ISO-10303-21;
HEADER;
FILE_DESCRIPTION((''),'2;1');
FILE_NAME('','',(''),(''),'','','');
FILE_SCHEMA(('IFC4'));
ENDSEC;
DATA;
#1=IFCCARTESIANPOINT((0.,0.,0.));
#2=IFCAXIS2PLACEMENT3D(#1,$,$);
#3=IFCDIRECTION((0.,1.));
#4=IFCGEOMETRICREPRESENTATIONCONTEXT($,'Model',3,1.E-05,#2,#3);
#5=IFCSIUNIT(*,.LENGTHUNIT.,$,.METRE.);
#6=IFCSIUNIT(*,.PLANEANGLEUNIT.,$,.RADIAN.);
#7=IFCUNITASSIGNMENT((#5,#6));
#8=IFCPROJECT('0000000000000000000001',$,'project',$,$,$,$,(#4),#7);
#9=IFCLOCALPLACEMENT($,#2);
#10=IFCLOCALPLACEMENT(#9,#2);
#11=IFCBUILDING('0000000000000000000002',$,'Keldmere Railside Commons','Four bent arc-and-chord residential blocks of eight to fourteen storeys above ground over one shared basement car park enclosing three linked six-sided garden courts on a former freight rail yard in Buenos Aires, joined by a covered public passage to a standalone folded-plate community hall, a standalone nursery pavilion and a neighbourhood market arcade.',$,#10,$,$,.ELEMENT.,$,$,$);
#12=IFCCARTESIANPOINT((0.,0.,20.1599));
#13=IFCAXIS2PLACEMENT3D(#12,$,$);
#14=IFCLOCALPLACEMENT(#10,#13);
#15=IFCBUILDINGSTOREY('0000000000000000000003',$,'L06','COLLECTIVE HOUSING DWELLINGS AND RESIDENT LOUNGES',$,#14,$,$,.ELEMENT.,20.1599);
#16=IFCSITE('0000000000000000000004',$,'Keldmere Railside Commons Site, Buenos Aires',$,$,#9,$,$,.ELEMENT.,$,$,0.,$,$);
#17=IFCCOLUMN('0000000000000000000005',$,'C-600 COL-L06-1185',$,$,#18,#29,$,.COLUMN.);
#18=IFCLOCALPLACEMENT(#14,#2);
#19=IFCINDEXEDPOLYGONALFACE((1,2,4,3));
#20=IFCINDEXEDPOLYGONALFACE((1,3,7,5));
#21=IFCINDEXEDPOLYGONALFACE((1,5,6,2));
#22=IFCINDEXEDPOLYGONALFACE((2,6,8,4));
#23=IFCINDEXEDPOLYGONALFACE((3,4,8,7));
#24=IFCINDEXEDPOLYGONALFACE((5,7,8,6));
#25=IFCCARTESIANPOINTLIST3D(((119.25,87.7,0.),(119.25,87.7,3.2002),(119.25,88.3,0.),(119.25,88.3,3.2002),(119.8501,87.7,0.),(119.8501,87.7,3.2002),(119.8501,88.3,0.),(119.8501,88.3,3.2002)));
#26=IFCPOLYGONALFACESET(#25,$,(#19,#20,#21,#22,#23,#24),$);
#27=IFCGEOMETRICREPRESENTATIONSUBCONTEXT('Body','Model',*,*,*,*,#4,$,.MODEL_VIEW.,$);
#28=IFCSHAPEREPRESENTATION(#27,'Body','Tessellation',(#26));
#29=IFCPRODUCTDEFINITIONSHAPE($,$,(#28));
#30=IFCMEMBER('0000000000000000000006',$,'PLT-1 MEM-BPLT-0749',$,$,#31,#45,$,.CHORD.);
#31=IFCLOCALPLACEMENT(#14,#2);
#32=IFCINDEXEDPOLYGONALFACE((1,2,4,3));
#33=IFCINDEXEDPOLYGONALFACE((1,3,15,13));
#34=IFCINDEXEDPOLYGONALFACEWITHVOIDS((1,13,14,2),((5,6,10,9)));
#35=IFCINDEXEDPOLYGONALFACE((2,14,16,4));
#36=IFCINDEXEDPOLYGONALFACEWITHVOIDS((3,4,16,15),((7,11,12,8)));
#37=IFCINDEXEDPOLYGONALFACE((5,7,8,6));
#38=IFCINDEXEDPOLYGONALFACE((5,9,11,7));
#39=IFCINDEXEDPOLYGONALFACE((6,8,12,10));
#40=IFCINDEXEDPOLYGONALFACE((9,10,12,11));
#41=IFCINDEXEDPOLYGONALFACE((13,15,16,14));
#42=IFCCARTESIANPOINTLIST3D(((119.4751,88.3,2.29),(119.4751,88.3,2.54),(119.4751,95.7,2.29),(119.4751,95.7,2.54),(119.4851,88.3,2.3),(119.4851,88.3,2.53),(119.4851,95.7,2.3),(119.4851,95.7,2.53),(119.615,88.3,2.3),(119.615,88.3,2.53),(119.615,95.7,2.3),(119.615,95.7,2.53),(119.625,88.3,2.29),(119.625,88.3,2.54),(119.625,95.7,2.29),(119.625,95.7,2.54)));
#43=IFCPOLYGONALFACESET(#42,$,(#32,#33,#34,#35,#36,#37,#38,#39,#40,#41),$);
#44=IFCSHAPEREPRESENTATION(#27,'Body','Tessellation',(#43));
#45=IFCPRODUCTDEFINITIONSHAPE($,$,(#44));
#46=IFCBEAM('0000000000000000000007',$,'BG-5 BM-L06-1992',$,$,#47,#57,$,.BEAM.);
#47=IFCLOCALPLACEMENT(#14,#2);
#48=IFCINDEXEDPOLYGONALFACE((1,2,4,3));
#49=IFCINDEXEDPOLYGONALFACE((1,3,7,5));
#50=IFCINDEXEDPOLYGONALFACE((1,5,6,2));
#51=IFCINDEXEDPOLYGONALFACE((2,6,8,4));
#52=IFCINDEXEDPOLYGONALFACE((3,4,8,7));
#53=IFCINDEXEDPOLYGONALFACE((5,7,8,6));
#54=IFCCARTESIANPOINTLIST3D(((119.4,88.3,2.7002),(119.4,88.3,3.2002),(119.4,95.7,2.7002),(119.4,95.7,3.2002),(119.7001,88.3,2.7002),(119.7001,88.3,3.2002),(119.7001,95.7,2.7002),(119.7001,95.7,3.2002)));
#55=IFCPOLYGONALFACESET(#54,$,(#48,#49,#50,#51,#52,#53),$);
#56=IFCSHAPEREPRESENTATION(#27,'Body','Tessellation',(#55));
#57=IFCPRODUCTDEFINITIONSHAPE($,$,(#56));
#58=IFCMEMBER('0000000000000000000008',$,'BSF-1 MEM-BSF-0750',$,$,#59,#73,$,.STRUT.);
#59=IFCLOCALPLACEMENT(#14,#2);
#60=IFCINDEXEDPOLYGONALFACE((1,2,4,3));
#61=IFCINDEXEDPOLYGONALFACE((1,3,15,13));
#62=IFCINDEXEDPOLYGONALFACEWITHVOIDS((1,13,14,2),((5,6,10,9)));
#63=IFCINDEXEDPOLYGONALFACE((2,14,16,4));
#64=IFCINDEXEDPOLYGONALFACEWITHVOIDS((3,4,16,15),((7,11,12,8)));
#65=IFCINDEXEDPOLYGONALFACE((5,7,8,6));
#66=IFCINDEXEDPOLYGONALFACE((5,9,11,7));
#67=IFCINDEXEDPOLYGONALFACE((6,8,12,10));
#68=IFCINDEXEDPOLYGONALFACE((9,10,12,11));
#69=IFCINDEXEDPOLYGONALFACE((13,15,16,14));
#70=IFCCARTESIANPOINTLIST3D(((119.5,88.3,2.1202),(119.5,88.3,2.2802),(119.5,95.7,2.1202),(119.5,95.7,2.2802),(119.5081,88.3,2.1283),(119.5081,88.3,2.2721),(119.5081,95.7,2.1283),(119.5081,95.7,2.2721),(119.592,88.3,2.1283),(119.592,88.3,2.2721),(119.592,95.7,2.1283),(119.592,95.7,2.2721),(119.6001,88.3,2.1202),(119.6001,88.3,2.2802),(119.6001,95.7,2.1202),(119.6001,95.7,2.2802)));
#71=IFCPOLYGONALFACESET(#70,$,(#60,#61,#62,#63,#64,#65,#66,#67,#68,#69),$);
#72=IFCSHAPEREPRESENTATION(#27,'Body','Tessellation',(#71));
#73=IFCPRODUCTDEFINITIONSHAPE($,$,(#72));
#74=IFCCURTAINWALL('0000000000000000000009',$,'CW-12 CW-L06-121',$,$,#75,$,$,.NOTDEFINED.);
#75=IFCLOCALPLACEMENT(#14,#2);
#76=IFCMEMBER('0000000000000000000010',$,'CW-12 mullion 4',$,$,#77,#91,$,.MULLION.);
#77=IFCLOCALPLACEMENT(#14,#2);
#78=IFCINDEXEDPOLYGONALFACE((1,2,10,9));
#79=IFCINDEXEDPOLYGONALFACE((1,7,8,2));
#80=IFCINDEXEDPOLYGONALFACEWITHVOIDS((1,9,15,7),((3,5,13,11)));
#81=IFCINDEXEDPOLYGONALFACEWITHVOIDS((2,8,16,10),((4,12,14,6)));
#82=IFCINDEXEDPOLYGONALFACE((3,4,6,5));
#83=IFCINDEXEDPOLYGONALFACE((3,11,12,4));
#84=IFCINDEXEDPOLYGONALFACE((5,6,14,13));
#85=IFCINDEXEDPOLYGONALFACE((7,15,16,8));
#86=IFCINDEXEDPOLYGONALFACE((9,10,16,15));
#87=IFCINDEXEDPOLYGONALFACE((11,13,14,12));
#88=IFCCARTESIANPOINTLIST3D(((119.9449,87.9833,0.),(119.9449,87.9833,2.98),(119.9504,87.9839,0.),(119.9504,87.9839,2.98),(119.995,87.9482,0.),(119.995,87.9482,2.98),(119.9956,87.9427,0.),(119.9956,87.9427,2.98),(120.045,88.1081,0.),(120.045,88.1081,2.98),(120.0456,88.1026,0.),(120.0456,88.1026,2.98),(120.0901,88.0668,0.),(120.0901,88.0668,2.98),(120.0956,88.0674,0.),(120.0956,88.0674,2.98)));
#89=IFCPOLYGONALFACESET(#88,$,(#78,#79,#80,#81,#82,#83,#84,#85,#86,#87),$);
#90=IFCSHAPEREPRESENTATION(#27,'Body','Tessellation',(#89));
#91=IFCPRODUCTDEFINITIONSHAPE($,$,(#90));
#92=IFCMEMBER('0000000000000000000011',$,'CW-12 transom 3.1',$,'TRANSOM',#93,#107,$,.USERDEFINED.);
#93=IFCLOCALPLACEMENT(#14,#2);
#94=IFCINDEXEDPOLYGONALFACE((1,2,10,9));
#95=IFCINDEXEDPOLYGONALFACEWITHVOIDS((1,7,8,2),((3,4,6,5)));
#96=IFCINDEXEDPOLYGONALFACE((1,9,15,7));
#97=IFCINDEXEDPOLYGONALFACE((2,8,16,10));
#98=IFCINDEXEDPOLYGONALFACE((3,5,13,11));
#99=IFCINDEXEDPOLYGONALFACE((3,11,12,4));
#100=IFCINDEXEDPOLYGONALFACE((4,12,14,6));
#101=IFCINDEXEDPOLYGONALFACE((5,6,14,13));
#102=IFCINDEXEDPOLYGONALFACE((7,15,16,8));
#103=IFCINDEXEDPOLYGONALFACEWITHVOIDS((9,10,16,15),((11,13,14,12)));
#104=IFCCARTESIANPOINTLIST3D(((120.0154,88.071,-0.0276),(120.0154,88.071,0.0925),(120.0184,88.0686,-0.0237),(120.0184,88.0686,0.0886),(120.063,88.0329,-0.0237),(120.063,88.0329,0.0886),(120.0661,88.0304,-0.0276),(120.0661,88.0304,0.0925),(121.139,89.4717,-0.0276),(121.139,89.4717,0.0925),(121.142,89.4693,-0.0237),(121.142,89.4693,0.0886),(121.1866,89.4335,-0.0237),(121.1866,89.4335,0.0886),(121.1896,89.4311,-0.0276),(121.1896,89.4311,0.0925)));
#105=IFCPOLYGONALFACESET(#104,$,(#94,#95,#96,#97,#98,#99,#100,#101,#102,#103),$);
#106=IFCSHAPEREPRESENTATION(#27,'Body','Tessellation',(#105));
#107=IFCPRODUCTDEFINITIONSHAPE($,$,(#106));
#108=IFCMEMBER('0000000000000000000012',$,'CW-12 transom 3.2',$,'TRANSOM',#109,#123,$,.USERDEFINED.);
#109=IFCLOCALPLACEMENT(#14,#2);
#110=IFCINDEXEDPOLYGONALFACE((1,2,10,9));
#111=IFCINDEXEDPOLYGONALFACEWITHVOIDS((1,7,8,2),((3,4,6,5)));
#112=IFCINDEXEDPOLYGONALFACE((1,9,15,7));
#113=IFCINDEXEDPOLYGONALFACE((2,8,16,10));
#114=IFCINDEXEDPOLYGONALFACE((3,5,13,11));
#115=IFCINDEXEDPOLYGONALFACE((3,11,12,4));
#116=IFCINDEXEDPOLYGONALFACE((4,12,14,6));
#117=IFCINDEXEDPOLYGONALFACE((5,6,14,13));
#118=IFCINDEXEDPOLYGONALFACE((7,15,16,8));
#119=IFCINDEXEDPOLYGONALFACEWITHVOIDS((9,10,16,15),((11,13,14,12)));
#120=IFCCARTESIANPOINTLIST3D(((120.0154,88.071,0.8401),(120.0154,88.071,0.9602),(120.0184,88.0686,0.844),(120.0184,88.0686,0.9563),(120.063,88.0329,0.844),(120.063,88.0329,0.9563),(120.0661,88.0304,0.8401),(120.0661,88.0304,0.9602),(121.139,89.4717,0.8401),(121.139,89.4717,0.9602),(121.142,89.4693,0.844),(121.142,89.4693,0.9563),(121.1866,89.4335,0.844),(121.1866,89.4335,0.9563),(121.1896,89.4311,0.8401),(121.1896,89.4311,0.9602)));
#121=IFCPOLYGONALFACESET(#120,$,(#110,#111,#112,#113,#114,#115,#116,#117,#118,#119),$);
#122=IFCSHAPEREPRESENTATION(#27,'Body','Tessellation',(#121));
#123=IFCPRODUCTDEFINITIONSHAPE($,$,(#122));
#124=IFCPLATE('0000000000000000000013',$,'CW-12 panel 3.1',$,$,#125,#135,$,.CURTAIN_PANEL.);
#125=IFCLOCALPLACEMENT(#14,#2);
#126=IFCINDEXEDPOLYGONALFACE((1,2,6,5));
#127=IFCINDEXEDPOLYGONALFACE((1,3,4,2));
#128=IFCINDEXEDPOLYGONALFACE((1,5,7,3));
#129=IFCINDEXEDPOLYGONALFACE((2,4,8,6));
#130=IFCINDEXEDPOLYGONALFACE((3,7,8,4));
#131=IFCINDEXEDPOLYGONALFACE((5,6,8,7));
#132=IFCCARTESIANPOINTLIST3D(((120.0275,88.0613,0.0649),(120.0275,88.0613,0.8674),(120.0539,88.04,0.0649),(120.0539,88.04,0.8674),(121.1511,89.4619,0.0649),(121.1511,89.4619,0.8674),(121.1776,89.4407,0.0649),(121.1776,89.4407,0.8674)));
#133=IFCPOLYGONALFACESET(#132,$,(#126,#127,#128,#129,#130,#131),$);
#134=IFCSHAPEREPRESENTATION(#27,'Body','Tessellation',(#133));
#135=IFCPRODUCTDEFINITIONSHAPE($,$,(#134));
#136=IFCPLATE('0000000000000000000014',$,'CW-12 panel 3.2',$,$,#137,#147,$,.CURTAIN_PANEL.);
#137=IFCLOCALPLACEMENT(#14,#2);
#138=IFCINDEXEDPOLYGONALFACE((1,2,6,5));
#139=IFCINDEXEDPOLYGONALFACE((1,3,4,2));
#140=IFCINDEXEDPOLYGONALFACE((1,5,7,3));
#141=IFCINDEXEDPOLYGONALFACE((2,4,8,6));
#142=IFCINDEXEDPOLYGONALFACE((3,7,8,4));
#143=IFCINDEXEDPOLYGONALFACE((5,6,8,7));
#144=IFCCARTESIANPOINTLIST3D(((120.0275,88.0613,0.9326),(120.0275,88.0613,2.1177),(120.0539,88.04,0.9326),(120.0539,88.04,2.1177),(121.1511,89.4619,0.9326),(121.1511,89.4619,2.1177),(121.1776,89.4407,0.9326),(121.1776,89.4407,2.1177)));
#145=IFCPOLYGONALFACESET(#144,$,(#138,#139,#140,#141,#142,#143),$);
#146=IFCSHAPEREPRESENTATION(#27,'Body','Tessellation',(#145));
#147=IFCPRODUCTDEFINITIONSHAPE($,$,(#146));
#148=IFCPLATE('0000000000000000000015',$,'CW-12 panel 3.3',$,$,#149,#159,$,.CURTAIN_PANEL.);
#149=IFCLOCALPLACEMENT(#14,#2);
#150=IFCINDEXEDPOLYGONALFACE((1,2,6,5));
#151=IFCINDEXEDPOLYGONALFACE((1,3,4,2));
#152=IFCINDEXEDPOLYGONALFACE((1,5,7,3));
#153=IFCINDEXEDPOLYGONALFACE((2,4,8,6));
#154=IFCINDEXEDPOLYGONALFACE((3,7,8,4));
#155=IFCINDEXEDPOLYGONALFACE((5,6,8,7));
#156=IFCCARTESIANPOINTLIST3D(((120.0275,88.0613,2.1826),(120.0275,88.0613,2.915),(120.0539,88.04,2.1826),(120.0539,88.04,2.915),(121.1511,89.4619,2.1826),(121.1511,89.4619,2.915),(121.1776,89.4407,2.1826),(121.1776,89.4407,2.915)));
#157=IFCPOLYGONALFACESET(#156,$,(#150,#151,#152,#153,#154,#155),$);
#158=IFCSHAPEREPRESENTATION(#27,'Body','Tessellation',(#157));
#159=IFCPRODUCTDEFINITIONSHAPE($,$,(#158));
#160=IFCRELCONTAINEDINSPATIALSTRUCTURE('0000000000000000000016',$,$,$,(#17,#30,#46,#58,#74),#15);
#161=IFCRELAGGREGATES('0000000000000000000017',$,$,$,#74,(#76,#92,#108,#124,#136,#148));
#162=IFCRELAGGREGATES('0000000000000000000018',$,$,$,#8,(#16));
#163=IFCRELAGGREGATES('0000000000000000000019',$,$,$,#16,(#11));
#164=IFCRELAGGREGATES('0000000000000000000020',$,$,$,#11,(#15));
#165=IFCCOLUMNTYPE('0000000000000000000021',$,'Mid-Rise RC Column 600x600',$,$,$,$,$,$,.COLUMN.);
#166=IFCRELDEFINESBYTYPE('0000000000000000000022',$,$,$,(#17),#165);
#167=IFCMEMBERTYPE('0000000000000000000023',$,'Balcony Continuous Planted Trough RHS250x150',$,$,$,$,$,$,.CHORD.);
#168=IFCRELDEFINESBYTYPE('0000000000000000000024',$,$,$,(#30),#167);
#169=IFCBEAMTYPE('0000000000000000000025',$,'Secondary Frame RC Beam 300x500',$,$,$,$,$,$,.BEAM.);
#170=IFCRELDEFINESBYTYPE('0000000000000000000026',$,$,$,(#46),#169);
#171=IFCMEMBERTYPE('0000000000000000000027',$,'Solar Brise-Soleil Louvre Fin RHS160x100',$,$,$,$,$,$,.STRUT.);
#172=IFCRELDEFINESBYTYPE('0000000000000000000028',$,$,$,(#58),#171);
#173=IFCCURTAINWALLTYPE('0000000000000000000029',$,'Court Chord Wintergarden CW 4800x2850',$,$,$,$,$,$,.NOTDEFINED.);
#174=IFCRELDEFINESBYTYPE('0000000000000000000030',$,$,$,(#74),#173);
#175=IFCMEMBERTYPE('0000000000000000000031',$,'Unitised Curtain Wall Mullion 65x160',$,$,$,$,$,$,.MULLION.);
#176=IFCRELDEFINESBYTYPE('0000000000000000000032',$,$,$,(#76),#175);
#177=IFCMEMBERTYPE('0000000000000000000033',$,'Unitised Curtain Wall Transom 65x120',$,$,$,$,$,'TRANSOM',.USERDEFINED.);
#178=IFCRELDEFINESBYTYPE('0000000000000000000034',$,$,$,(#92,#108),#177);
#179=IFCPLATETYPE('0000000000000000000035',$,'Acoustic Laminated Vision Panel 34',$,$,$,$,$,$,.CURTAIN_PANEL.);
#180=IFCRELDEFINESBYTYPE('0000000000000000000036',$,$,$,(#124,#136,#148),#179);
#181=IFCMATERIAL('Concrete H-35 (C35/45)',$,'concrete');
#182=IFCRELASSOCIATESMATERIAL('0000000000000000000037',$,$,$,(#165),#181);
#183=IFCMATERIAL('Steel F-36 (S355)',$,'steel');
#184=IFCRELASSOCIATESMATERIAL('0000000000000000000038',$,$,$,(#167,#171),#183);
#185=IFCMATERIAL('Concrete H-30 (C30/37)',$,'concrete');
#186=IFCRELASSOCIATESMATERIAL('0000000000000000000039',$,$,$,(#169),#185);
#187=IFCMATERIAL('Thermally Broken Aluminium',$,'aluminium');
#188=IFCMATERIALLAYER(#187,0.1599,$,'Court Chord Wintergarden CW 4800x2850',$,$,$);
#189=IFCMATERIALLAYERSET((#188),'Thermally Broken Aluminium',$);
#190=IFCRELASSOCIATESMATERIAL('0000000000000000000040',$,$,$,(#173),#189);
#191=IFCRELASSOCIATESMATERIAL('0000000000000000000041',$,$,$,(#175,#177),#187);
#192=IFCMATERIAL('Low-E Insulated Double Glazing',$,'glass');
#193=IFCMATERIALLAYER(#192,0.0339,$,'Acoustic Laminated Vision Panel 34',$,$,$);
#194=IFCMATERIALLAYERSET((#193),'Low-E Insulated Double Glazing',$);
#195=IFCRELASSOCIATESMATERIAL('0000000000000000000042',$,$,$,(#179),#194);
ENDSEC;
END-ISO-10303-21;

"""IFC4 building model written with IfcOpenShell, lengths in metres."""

from ifc_helpers import new_model, si_unit, direction, frame, origin, origin_2d, place, context, subcontext, project, spatial, rectangle, hollow_rectangle, extrude, material, layer, layer_set, material_profile, profile_set, type_object, element, aggregate, save


model = new_model("IFC4")

# Units and contexts
model_context = context("Model", 3, precision=1e-05, world=origin(), true_north=direction((0.0, 1.0)))
body_context = subcontext(model_context, "Body", "Model", "MODEL_VIEW")
ifc_project = project(units=[si_unit("LENGTHUNIT", "METRE"), si_unit("PLANEANGLEUNIT", "RADIAN")], contexts=[model_context])

# Site, building, storey
site_placement = place(None, origin())
site = spatial("IfcSite", under=ifc_project, at=site_placement, Name="Keldmere Railside Commons Site, Buenos Aires", CompositionType="ELEMENT", RefElevation=0.0)
building_placement = place(site_placement, origin())
building = spatial("IfcBuilding", under=site, at=building_placement, Name="Keldmere Railside Commons", Description="Four bent arc-and-chord residential blocks of eight to fourteen storeys above ground over one shared basement car park enclosing three linked six-sided garden courts on a former freight rail yard in Buenos Aires, joined by a covered public passage to a standalone folded-plate community hall, a standalone nursery pavilion and a neighbourhood market arcade.", CompositionType="ELEMENT")
storey_placement = place(building_placement, frame((0.0, 0.0, 20.1599)))
storey = spatial("IfcBuildingStorey", under=building, at=storey_placement, Name="L06", Description="COLLECTIVE HOUSING DWELLINGS AND RESIDENT LOUNGES", CompositionType="ELEMENT", Elevation=20.1599)

# Column
ifc_material_1 = material(Name="Concrete H-35 (C35/45)", Category="concrete")
ifc_material_profile_1 = material_profile(ifc_material_1, rectangle(XDim=0.6001, YDim=0.6001, at=origin_2d()), Name="RC-600x600")
ifc_profile_set_1 = profile_set([ifc_material_profile_1], Name="Concrete H-35 (C35/45)")
column_type = type_object("IfcColumnType", Name="Mid-Rise RC Column 600x600", PredefinedType="COLUMN", material=ifc_profile_set_1)
column_placement = place(storey_placement, frame((119.55, 88.0, 0.0), z_axis=(0.0, 0.0, 1.0), x_axis=(1.0, 0.0, 0.0)))
element("IfcColumn", 1, at=column_placement, inside=storey, type_object=column_type, Name="C-600 COL-L06-1185", PredefinedType="COLUMN", context=body_context, shape_type="SweptSolid", body=[
    extrude(rectangle(XDim=0.6001, YDim=0.6001, at=origin_2d()), origin(), (0.0, 0.0, 1.0), 3.2002),
])

# Member
ifc_material_2 = material(Name="Steel F-36 (S355)", Category="steel")
ifc_material_profile_2 = material_profile(ifc_material_2, hollow_rectangle(XDim=0.1499, YDim=0.25, WallThickness=0.01, at=origin_2d()), Name="RHS-250x150x10")
ifc_profile_set_2 = profile_set([ifc_material_profile_2], Name="Steel F-36 (S355)")
member_type_1 = type_object("IfcMemberType", Name="Balcony Continuous Planted Trough RHS250x150", PredefinedType="CHORD", material=ifc_profile_set_2)
member_1_placement = place(storey_placement, frame((119.55, 88.3, 2.415), z_axis=(0.0, 1.0, 0.0), x_axis=(-1.0, 0.0, 0.0)))
element("IfcMember", 2, at=member_1_placement, inside=storey, type_object=member_type_1, Name="PLT-1 MEM-BPLT-0749", PredefinedType="CHORD", context=body_context, shape_type="SweptSolid", body=[
    extrude(hollow_rectangle(XDim=0.1499, YDim=0.25, WallThickness=0.01, at=origin_2d()), origin(), (0.0, 0.0, 1.0), 7.3999),
])

# Beam
ifc_material_3 = material(Name="Concrete H-30 (C30/37)", Category="concrete")
ifc_material_profile_3 = material_profile(ifc_material_3, rectangle(XDim=0.3, YDim=0.5, at=origin_2d()), Name="RC-300x500")
ifc_profile_set_3 = profile_set([ifc_material_profile_3], Name="Concrete H-30 (C30/37)")
beam_type = type_object("IfcBeamType", Name="Secondary Frame RC Beam 300x500", PredefinedType="BEAM", material=ifc_profile_set_3)
beam_placement = place(storey_placement, frame((119.55, 88.3, 2.9502), z_axis=(0.0, 1.0, 0.0), x_axis=(-1.0, 0.0, 0.0)))
element("IfcBeam", 3, at=beam_placement, inside=storey, type_object=beam_type, Name="BG-5 BM-L06-1992", PredefinedType="BEAM", context=body_context, shape_type="SweptSolid", body=[
    extrude(rectangle(XDim=0.3, YDim=0.5, at=origin_2d()), origin(), (0.0, 0.0, 1.0), 7.3999),
])

# Member
ifc_material_profile_4 = material_profile(ifc_material_2, hollow_rectangle(XDim=0.1001, YDim=0.1599, WallThickness=0.0081, at=origin_2d()), Name="RHS-160x100x8")
ifc_profile_set_4 = profile_set([ifc_material_profile_4], Name="Steel F-36 (S355)")
member_type_2 = type_object("IfcMemberType", Name="Solar Brise-Soleil Louvre Fin RHS160x100", PredefinedType="STRUT", material=ifc_profile_set_4)
member_2_placement = place(storey_placement, frame((119.55, 88.3, 2.2002), z_axis=(0.0, 1.0, 0.0), x_axis=(-1.0, 0.0, 0.0)))
element("IfcMember", 4, at=member_2_placement, inside=storey, type_object=member_type_2, Name="BSF-1 MEM-BSF-0750", PredefinedType="STRUT", context=body_context, shape_type="SweptSolid", body=[
    extrude(hollow_rectangle(XDim=0.1001, YDim=0.1599, WallThickness=0.0081, at=origin_2d()), origin(), (0.0, 0.0, 1.0), 7.3999),
])

# Curtain wall, members, plates
ifc_material_4 = material(Name="Thermally Broken Aluminium", Category="aluminium")
ifc_layer_1 = layer(ifc_material_4, 0.1599, Name="Court Chord Wintergarden CW 4800x2850")
ifc_layer_set_1 = layer_set([ifc_layer_1], Name="Thermally Broken Aluminium")
curtain_wall_type = type_object("IfcCurtainWallType", Name="Court Chord Wintergarden CW 4800x2850", PredefinedType="NOTDEFINED", material=ifc_layer_set_1)
curtain_wall_placement = place(storey_placement, origin())
curtain_wall = element("IfcCurtainWall", 5, at=curtain_wall_placement, inside=storey, type_object=curtain_wall_type, Name="CW-12 CW-L06-121", PredefinedType="NOTDEFINED")
ifc_material_profile_5 = material_profile(ifc_material_4, hollow_rectangle(XDim=0.0649, YDim=0.1599, WallThickness=0.0039, at=origin_2d()), Name="ALU-MULL-65x160")
ifc_profile_set_5 = profile_set([ifc_material_profile_5], Name="Thermally Broken Aluminium")
member_type_3 = type_object("IfcMemberType", Name="Unitised Curtain Wall Mullion 65x160", PredefinedType="MULLION", material=ifc_profile_set_5)
member_3_placement = place(storey_placement, frame((120.0203, 88.0254, 0.0), z_axis=(0.0, 0.0, 1.0), x_axis=(0.780009, -0.625768, 0.0)))
member_3 = element("IfcMember", 6, at=member_3_placement, type_object=member_type_3, Name="CW-12 mullion 4", PredefinedType="MULLION", context=body_context, shape_type="SweptSolid", body=[
    extrude(hollow_rectangle(XDim=0.0649, YDim=0.1599, WallThickness=0.0039, at=origin_2d()), origin(), (0.0, 0.0, 1.0), 2.98),
])
ifc_material_profile_6 = material_profile(ifc_material_4, hollow_rectangle(XDim=0.0649, YDim=0.1201, WallThickness=0.0039, at=origin_2d()), Name="ALU-TRAN-65x120")
ifc_profile_set_6 = profile_set([ifc_material_profile_6], Name="Thermally Broken Aluminium")
member_type_4 = type_object("IfcMemberType", Name="Unitised Curtain Wall Transom 65x120", ElementType="TRANSOM", PredefinedType="USERDEFINED", material=ifc_profile_set_6)
member_4_placement = place(storey_placement, frame((121.1643, 89.4514, 0.0325), z_axis=(-0.625723, -0.780046, 0.0), x_axis=(0.780046, -0.625723, 0.0)))
member_4 = element("IfcMember", 7, at=member_4_placement, type_object=member_type_4, Name="CW-12 transom 3.1", ObjectType="TRANSOM", PredefinedType="USERDEFINED", context=body_context, shape_type="SweptSolid", body=[
    extrude(hollow_rectangle(XDim=0.0649, YDim=0.1201, WallThickness=0.0039, at=origin_2d()), origin(), (0.0, 0.0, 1.0), 1.7957),
])
member_5_placement = place(storey_placement, frame((121.1643, 89.4514, 0.9001), z_axis=(-0.625723, -0.780046, 0.0), x_axis=(0.780046, -0.625723, 0.0)))
member_5 = element("IfcMember", 8, at=member_5_placement, type_object=member_type_4, Name="CW-12 transom 3.2", ObjectType="TRANSOM", PredefinedType="USERDEFINED", context=body_context, shape_type="SweptSolid", body=[
    extrude(hollow_rectangle(XDim=0.0649, YDim=0.1201, WallThickness=0.0039, at=origin_2d()), origin(), (0.0, 0.0, 1.0), 1.7957),
])
ifc_material_5 = material(Name="Low-E Insulated Double Glazing", Category="glass")
ifc_layer_2 = layer(ifc_material_5, 0.0339, Name="Acoustic Laminated Vision Panel 34")
ifc_layer_set_2 = layer_set([ifc_layer_2], Name="Low-E Insulated Double Glazing")
plate_type = type_object("IfcPlateType", Name="Acoustic Laminated Vision Panel 34", PredefinedType="CURTAIN_PANEL", material=ifc_layer_set_2)
plate_1_placement = place(storey_placement, frame((120.6025, 88.751, 0.0649), z_axis=(0.0, 0.0, 1.0), x_axis=(-0.625768, -0.780009, 0.0)))
plate_1 = element("IfcPlate", 9, at=plate_1_placement, type_object=plate_type, Name="CW-12 panel 3.1", PredefinedType="CURTAIN_PANEL", context=body_context, shape_type="SweptSolid", body=[
    extrude(rectangle(XDim=1.7957, YDim=0.0339, at=origin_2d()), origin(), (0.0, 0.0, 1.0), 0.8025),
])
plate_2_placement = place(storey_placement, frame((120.6025, 88.751, 0.9326), z_axis=(0.0, 0.0, 1.0), x_axis=(-0.625768, -0.780009, 0.0)))
plate_2 = element("IfcPlate", 10, at=plate_2_placement, type_object=plate_type, Name="CW-12 panel 3.2", PredefinedType="CURTAIN_PANEL", context=body_context, shape_type="SweptSolid", body=[
    extrude(rectangle(XDim=1.7957, YDim=0.0339, at=origin_2d()), origin(), (0.0, 0.0, 1.0), 1.1851),
])
plate_3_placement = place(storey_placement, frame((120.6025, 88.751, 2.1826), z_axis=(0.0, 0.0, 1.0), x_axis=(-0.625768, -0.780009, 0.0)))
plate_3 = element("IfcPlate", 11, at=plate_3_placement, type_object=plate_type, Name="CW-12 panel 3.3", PredefinedType="CURTAIN_PANEL", context=body_context, shape_type="SweptSolid", body=[
    extrude(rectangle(XDim=1.7957, YDim=0.0339, at=origin_2d()), origin(), (0.0, 0.0, 1.0), 0.7324),
])
aggregate(curtain_wall, [member_3, member_4, member_5, plate_1, plate_2, plate_3])

save(model, "model.ifc")
